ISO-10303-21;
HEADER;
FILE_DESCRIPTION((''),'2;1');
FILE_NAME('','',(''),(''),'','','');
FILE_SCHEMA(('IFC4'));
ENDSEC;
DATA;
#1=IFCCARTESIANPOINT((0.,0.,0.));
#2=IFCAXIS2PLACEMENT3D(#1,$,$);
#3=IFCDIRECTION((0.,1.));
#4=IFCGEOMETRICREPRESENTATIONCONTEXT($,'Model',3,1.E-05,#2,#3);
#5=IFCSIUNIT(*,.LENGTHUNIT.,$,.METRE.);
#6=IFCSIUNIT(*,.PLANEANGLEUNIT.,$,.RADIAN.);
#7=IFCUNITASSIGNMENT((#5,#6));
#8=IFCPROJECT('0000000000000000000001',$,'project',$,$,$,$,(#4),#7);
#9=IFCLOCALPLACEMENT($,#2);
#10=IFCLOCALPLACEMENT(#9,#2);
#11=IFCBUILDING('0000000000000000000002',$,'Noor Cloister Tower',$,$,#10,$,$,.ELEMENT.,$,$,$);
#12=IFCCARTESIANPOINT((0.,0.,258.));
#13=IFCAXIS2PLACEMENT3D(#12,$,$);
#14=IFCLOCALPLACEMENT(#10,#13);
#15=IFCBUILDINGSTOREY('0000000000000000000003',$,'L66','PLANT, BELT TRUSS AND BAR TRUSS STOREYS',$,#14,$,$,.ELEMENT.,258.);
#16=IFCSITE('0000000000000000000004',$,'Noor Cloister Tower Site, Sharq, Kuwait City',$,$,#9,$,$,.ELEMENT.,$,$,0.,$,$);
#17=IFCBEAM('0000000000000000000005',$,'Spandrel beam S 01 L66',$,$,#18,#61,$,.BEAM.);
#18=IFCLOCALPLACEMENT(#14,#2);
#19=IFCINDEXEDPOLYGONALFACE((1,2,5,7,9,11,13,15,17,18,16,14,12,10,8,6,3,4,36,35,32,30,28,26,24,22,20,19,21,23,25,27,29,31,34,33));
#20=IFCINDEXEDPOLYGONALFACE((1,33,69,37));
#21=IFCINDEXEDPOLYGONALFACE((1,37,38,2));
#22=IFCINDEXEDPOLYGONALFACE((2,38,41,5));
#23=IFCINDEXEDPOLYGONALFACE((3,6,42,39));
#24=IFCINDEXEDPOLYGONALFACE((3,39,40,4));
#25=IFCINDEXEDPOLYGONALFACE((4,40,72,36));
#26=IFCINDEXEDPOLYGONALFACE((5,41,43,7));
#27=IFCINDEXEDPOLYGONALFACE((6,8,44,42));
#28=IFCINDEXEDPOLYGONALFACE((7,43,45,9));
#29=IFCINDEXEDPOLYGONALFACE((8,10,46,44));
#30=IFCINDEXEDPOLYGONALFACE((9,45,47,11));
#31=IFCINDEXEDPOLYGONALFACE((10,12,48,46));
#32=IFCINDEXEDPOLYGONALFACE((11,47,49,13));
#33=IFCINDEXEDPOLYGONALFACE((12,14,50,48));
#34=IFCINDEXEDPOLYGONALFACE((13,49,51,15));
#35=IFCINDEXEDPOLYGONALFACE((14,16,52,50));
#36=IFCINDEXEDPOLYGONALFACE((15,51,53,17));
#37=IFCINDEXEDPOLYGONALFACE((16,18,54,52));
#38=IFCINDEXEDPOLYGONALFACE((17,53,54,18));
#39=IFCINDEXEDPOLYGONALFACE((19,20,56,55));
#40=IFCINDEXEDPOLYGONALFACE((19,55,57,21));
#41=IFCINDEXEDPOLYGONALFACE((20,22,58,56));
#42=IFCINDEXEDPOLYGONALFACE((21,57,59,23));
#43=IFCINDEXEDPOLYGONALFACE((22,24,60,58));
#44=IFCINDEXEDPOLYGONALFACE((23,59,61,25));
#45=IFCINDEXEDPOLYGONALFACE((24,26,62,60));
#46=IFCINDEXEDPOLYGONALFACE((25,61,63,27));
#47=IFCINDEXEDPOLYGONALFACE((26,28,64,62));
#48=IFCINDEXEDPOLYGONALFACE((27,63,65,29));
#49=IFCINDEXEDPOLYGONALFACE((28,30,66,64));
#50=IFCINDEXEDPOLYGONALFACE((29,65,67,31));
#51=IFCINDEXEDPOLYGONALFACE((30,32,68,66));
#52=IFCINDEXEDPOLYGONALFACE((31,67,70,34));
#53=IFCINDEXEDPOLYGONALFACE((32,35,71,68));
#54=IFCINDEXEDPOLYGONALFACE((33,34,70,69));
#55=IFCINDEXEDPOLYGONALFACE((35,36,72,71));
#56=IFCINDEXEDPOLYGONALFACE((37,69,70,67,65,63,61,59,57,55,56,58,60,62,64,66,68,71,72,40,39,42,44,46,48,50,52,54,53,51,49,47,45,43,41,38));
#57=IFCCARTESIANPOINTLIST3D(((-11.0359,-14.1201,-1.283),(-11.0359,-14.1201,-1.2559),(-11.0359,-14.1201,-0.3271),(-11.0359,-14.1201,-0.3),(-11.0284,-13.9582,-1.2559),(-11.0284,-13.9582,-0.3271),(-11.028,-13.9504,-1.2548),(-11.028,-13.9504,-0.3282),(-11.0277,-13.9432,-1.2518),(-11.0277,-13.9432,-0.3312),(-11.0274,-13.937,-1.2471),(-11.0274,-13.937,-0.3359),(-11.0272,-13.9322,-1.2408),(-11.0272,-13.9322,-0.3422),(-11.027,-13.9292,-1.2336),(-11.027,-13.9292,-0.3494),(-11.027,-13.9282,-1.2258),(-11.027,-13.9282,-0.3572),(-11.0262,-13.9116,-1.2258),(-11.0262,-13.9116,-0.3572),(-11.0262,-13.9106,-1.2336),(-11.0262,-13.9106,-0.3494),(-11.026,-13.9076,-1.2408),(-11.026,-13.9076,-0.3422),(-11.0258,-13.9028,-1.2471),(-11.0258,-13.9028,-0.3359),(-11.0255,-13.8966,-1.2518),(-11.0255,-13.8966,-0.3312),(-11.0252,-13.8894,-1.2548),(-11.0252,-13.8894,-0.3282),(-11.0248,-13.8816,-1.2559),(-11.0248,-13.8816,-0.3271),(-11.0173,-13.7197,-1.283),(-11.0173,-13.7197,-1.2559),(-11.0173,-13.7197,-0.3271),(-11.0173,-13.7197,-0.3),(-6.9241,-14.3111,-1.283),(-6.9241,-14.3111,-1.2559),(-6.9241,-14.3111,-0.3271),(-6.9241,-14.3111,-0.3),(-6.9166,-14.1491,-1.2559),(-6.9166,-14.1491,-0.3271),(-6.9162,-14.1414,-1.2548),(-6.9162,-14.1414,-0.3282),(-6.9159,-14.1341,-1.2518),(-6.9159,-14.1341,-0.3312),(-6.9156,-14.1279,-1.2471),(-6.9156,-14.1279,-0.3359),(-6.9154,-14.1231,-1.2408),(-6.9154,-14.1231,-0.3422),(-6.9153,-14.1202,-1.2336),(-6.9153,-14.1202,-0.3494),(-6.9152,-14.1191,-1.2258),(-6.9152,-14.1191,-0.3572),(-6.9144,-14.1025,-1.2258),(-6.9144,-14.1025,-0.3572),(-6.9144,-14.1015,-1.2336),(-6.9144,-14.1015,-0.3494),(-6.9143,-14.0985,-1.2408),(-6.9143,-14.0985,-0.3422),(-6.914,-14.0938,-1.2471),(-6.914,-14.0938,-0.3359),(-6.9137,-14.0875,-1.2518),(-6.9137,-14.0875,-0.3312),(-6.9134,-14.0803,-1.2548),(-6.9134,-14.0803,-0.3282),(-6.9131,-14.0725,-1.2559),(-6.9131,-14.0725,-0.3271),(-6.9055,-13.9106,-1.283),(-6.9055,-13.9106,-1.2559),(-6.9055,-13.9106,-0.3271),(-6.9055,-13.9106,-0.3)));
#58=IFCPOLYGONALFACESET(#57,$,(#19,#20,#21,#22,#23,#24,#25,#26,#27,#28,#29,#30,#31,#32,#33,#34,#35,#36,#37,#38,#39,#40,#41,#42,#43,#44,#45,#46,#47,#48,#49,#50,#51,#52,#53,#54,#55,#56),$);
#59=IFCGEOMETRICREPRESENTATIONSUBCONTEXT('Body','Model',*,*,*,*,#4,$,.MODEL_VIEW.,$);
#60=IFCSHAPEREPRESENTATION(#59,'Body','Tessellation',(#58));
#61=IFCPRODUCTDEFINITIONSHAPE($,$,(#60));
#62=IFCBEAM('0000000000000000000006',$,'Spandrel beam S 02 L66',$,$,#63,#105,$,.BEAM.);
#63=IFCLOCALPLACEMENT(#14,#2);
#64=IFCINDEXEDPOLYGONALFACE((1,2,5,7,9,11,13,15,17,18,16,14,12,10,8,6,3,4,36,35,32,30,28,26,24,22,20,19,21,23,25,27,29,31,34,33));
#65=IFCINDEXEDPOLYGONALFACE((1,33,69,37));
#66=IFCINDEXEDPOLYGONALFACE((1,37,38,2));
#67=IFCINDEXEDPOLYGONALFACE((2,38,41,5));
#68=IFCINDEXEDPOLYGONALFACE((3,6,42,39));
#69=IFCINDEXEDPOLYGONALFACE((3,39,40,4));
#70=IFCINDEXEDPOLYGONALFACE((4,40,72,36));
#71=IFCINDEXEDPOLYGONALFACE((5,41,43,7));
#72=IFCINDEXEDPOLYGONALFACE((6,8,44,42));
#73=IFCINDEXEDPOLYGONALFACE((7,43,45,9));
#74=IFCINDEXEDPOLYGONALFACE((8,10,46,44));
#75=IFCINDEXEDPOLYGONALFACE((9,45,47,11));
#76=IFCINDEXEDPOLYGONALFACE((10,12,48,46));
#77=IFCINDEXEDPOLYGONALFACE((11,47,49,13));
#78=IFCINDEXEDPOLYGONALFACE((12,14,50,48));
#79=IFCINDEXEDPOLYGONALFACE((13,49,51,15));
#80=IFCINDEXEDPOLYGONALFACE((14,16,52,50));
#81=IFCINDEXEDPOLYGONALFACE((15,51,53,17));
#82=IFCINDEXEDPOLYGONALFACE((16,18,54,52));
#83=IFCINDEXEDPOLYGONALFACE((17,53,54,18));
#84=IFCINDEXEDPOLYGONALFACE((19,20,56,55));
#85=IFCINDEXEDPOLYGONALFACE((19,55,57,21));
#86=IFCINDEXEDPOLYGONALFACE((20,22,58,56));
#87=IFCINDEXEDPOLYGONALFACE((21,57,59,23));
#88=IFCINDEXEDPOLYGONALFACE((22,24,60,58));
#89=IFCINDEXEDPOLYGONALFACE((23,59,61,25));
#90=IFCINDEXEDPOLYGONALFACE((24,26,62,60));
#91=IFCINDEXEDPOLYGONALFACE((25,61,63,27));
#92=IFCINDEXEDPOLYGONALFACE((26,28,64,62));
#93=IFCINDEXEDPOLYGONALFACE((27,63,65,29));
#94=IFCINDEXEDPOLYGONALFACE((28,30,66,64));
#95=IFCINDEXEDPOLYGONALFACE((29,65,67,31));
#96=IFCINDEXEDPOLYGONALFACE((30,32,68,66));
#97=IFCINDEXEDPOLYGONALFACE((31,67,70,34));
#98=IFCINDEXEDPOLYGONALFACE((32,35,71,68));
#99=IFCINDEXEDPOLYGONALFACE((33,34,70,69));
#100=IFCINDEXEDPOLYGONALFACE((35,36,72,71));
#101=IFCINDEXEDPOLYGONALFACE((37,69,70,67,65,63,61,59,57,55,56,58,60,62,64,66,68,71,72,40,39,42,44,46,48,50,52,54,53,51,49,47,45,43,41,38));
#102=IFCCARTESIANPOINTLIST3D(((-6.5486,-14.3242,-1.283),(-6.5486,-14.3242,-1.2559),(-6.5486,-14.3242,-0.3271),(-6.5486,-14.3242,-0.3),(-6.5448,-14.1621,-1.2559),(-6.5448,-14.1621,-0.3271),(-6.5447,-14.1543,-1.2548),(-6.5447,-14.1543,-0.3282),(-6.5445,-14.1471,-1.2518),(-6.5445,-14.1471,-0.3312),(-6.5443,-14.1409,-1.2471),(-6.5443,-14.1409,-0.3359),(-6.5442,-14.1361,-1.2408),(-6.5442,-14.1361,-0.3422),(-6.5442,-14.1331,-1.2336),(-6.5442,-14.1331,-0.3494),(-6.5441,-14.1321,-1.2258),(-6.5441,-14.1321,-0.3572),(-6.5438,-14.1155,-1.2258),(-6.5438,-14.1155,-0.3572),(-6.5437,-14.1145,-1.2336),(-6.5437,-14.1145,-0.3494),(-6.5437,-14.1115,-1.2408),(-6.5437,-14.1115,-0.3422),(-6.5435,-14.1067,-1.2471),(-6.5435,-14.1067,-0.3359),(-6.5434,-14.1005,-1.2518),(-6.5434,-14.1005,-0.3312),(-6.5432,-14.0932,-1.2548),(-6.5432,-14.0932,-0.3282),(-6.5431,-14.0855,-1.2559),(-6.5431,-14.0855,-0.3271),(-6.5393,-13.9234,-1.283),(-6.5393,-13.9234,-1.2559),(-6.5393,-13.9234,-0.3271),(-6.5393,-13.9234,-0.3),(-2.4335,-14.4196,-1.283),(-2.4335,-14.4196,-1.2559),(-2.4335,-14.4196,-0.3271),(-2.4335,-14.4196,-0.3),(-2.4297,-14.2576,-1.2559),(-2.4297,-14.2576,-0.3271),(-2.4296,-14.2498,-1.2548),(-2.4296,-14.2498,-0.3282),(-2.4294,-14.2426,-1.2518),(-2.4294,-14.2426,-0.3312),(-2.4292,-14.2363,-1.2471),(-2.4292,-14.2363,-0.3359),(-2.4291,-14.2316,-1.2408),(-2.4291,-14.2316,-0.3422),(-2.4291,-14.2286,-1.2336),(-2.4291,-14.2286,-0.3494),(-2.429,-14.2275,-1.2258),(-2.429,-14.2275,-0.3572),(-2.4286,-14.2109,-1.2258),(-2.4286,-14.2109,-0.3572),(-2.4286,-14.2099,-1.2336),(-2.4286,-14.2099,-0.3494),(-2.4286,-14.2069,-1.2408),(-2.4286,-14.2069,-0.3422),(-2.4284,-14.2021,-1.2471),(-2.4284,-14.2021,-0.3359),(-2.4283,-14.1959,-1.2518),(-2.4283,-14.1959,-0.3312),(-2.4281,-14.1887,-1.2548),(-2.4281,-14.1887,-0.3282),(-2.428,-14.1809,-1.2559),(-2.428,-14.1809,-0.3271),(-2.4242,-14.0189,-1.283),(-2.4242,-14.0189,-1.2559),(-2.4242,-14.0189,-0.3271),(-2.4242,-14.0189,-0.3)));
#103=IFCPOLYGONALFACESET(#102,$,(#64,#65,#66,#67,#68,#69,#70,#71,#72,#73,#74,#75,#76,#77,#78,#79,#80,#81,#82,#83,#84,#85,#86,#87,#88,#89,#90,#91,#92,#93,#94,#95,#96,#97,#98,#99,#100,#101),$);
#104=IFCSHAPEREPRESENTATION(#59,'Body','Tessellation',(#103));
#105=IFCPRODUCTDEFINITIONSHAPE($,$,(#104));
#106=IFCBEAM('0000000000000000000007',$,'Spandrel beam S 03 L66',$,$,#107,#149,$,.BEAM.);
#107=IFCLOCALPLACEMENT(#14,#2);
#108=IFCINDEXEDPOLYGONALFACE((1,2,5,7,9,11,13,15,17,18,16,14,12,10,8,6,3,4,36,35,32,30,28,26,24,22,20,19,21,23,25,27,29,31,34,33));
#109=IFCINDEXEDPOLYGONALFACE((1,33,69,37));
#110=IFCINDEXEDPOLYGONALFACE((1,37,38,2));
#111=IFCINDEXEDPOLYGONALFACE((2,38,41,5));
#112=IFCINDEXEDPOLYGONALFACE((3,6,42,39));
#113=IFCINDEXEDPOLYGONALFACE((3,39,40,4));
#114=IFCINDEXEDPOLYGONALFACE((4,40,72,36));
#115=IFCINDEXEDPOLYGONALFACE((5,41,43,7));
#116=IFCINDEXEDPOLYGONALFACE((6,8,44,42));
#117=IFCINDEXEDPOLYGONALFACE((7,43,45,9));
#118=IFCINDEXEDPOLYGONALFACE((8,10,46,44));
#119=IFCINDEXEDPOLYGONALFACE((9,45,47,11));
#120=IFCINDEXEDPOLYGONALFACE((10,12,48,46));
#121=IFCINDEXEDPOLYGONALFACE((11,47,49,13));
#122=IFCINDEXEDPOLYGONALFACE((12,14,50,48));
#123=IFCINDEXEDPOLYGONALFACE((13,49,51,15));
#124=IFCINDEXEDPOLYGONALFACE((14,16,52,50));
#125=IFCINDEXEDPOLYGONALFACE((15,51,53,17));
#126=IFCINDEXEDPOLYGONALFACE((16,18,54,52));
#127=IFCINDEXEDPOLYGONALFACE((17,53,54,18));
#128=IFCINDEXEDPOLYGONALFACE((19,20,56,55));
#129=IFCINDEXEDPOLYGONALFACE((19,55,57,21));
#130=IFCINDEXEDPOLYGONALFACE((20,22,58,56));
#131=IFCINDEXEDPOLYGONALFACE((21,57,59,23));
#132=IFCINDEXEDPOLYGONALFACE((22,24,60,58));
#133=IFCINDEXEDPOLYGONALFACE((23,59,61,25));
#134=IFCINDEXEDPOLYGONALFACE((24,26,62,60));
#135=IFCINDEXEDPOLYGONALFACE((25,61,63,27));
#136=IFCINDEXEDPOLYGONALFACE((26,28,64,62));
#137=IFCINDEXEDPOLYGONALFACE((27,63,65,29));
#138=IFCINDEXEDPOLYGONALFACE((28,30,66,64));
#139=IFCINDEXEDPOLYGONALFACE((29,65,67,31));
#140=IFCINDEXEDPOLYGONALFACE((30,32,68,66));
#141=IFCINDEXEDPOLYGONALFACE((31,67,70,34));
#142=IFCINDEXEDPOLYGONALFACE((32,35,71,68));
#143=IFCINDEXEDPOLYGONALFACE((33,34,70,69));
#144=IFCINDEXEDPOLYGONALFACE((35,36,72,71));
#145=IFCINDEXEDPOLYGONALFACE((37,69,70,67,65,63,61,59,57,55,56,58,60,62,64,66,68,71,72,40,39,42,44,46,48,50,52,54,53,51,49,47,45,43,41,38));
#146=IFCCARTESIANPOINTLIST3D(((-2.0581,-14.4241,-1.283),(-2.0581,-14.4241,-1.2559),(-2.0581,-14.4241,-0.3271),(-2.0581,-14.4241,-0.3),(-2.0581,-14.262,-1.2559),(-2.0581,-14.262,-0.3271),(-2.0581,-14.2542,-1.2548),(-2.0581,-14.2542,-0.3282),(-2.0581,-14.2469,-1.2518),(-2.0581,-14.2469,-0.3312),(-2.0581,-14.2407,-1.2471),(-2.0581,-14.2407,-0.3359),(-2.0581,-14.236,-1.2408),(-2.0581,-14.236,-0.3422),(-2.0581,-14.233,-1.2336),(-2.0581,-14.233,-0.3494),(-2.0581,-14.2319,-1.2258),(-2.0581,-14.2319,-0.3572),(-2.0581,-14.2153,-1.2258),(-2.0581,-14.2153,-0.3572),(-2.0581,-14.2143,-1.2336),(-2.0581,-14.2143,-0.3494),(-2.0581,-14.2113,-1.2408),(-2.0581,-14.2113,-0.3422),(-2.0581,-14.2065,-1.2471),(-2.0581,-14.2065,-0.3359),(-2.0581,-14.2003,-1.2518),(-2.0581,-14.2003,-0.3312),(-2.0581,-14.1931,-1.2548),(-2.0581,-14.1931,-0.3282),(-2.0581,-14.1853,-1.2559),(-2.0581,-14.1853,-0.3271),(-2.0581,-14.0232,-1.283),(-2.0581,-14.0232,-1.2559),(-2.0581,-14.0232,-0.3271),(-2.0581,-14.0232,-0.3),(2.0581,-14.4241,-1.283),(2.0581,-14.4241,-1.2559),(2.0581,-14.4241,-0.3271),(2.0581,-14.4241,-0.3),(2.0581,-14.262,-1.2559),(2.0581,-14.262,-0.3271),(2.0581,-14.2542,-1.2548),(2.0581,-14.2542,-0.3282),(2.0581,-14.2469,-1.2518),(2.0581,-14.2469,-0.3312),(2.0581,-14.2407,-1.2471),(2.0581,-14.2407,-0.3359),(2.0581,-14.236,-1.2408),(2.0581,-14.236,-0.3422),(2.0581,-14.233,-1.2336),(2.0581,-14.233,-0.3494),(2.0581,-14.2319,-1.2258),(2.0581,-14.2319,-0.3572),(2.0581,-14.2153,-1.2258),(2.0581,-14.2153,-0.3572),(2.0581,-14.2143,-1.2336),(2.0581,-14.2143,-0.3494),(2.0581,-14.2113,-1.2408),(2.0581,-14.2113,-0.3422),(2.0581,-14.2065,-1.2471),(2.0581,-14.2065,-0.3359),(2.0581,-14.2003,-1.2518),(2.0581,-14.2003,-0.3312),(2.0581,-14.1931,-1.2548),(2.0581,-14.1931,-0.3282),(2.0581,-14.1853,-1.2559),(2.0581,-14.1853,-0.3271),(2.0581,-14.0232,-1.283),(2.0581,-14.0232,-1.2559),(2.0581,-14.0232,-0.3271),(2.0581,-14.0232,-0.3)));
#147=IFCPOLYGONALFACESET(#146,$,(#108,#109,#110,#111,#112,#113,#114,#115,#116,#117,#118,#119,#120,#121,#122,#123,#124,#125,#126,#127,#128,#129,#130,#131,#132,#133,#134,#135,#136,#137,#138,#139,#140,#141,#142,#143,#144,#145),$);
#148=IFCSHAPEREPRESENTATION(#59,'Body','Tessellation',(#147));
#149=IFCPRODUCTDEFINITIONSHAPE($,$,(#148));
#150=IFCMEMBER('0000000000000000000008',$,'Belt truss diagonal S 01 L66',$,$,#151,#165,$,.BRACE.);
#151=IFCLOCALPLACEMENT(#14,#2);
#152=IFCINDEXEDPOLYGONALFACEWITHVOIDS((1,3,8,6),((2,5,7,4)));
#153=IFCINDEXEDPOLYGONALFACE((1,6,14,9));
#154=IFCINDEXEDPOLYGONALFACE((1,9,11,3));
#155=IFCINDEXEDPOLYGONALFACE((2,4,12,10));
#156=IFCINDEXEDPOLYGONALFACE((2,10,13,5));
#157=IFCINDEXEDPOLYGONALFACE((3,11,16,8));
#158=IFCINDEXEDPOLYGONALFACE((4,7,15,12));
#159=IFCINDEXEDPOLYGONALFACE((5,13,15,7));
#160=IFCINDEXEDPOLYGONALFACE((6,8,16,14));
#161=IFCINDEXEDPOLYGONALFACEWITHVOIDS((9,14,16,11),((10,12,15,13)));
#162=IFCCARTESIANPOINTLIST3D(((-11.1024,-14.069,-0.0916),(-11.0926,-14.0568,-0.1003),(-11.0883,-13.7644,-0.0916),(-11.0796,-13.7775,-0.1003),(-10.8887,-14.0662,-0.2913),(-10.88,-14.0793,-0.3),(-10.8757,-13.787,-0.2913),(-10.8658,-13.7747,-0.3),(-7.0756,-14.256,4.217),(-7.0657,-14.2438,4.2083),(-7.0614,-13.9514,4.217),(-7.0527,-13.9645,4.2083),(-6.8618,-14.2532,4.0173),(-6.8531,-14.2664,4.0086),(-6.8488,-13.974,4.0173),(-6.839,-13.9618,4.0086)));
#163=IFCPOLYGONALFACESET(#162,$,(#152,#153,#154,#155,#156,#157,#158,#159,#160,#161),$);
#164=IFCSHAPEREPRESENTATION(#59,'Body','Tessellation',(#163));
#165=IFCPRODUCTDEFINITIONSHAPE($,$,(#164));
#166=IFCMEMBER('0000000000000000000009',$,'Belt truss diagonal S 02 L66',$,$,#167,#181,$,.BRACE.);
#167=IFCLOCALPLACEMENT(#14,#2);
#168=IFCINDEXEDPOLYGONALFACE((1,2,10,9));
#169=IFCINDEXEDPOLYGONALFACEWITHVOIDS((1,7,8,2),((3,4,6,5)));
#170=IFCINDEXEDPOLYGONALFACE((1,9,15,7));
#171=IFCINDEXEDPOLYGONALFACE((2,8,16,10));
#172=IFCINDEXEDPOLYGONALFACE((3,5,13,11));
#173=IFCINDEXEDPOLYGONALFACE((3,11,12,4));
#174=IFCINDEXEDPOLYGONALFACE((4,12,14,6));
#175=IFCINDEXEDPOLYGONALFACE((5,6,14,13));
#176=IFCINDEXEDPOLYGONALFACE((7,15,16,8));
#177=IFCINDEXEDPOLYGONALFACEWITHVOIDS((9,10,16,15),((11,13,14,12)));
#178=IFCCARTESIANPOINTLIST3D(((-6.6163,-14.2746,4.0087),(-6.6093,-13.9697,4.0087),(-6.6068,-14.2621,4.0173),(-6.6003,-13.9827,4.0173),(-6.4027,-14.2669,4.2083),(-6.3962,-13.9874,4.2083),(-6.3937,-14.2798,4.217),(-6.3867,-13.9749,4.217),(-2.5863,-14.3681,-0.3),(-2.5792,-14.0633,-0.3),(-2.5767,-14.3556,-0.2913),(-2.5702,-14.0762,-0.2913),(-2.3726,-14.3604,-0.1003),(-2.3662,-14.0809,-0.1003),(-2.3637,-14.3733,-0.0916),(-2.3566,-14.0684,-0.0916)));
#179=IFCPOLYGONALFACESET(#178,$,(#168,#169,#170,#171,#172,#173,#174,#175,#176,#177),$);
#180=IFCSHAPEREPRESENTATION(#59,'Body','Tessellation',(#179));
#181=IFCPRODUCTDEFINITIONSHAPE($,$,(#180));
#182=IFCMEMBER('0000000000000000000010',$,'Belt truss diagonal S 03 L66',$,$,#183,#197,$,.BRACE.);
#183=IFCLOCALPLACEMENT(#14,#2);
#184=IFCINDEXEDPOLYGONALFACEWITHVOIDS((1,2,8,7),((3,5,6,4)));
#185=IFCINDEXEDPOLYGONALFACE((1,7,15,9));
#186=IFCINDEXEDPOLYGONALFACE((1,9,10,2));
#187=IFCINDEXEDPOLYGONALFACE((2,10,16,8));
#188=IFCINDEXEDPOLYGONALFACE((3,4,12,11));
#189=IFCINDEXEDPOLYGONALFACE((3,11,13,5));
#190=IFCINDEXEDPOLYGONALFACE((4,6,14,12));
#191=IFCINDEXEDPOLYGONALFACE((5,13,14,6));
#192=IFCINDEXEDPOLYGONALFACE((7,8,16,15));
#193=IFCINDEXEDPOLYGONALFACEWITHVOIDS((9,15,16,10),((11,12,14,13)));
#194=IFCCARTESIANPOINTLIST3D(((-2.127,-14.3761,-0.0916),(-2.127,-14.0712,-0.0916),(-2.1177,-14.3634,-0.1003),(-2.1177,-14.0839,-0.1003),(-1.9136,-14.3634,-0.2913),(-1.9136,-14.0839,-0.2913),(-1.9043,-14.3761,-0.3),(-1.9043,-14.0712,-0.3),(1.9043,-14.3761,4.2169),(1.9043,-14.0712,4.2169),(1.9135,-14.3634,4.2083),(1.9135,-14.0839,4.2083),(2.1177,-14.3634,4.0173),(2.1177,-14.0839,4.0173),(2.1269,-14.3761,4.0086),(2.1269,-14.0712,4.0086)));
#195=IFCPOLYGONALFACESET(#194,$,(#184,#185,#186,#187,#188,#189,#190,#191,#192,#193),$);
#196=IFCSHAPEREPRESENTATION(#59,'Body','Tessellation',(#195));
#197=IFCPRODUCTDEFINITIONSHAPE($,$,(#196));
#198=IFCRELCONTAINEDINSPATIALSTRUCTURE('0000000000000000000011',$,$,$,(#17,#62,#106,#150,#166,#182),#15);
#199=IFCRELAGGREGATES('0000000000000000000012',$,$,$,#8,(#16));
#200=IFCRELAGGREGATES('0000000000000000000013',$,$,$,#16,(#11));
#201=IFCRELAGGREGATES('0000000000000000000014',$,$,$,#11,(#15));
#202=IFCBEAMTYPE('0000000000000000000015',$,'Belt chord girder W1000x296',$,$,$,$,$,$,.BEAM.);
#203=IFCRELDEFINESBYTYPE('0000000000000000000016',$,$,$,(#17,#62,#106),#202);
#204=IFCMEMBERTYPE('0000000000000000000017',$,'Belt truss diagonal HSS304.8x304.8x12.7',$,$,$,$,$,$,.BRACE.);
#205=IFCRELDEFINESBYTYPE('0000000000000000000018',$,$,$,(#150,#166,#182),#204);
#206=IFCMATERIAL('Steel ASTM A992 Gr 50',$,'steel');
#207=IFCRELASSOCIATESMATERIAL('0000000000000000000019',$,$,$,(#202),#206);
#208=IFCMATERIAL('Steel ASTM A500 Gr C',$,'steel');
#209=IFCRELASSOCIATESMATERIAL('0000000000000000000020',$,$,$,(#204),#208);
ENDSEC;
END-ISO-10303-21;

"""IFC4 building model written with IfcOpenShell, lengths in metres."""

from ifc_helpers import new_model, si_unit, direction, frame, origin, origin_2d, place, context, subcontext, project, spatial, hollow_rectangle, i_section, extrude, material, material_profile, profile_set, type_object, element, save


model = new_model("IFC4")

# Units and contexts
model_context = context("Model", 3, precision=1e-05, world=origin(), true_north=direction((0.0, 1.0)))
body_context = subcontext(model_context, "Body", "Model", "MODEL_VIEW")
ifc_project = project(units=[si_unit("LENGTHUNIT", "METRE"), si_unit("PLANEANGLEUNIT", "RADIAN")], contexts=[model_context])

# Site, building, storey
site_placement = place(None, origin())
site = spatial("IfcSite", under=ifc_project, at=site_placement, Name="Noor Cloister Tower Site, Sharq, Kuwait City", CompositionType="ELEMENT", RefElevation=0.0)
building_placement = place(site_placement, origin())
building = spatial("IfcBuilding", under=site, at=building_placement, Name="Noor Cloister Tower", CompositionType="ELEMENT")
storey_placement = place(building_placement, frame((0.0, 0.0, 258.0)))
storey = spatial("IfcBuildingStorey", under=building, at=storey_placement, Name="L66", Description="PLANT, BELT TRUSS AND BAR TRUSS STOREYS", CompositionType="ELEMENT", Elevation=258.0)

# Beams
ifc_material_1 = material(Name="Steel ASTM A992 Gr 50", Category="steel")
ifc_material_profile_1 = material_profile(ifc_material_1, i_section(OverallWidth=0.4009, OverallDepth=0.9829, WebThickness=0.0166, FlangeThickness=0.0271, FilletRadius=0.03, at=origin_2d()), Name="W1000x296")
ifc_profile_set_1 = profile_set([ifc_material_profile_1], Name="Steel ASTM A992 Gr 50")
beam_type_1 = type_object("IfcBeamType", Name="Belt chord girder W1000x296", PredefinedType="BEAM", material=ifc_profile_set_1)
for number, where, z_axis, x_axis, name in (
    (1, (-11.0266, -13.9199, -0.7915), (0.998924, -0.046382, 0.0), (0.046382, 0.998924, 0.0), "Spandrel beam S 01 L66"),
    (2, (-6.5439, -14.1238, -0.7915), (0.999731, -0.023192, 0.0), (0.023192, 0.999731, 0.0), "Spandrel beam S 02 L66"),
    (3, (-2.0581, -14.2236, -0.7915), (1.0, 0.0, 0.0), (0.0, 1.0, 0.0), "Spandrel beam S 03 L66"),
):
    element("IfcBeam", number, at=place(storey_placement, frame(where, z_axis=z_axis, x_axis=x_axis)), inside=storey, type_object=beam_type_1, Name=name, PredefinedType="BEAM", context=body_context, shape_type="SweptSolid", body=[
        extrude(i_section(OverallWidth=0.4009, OverallDepth=0.9829, WebThickness=0.0166, FlangeThickness=0.0271, FilletRadius=0.03, at=origin_2d()), origin(), (0.0, 0.0, 1.0), 4.1162),
    ])

# Members
ifc_material_2 = material(Name="Steel ASTM A500 Gr C", Category="steel")
ifc_material_profile_2 = material_profile(ifc_material_2, hollow_rectangle(XDim=0.3049, YDim=0.3049, WallThickness=0.0127, at=origin_2d()), Name="HSS304.8x304.8x12.7")
ifc_profile_set_2 = profile_set([ifc_material_profile_2], Name="Steel ASTM A500 Gr C")
member_type = type_object("IfcMemberType", Name="Belt truss diagonal HSS304.8x304.8x12.7", PredefinedType="BRACE", material=ifc_profile_set_2)
for number, where, z_axis, x_axis, name in (
    (4, (-10.9841, -13.9219, -0.1958), (0.682474, -0.031695, 0.730223), (0.046391, 0.998923, 0.0), "Belt truss diagonal S 01 L66"),
    (5, (-2.4714, -14.2183, -0.1958), (-0.683018, 0.015848, 0.73023), (-0.023196, -0.999731, 0.0), "Belt truss diagonal S 02 L66"),
    (6, (-2.0156, -14.2236, -0.1958), (0.683214, 0.0, 0.730218), (0.0, 1.0, 0.0), "Belt truss diagonal S 03 L66"),
):
    element("IfcMember", number, at=place(storey_placement, frame(where, z_axis=z_axis, x_axis=x_axis)), inside=storey, type_object=member_type, Name=name, PredefinedType="BRACE", context=body_context, shape_type="SweptSolid", body=[
        extrude(hollow_rectangle(XDim=0.3049, YDim=0.3049, WallThickness=0.0127, at=origin_2d()), origin(), (0.0, 0.0, 1.0), 5.9004),
    ])

save(model, "model.ifc")
